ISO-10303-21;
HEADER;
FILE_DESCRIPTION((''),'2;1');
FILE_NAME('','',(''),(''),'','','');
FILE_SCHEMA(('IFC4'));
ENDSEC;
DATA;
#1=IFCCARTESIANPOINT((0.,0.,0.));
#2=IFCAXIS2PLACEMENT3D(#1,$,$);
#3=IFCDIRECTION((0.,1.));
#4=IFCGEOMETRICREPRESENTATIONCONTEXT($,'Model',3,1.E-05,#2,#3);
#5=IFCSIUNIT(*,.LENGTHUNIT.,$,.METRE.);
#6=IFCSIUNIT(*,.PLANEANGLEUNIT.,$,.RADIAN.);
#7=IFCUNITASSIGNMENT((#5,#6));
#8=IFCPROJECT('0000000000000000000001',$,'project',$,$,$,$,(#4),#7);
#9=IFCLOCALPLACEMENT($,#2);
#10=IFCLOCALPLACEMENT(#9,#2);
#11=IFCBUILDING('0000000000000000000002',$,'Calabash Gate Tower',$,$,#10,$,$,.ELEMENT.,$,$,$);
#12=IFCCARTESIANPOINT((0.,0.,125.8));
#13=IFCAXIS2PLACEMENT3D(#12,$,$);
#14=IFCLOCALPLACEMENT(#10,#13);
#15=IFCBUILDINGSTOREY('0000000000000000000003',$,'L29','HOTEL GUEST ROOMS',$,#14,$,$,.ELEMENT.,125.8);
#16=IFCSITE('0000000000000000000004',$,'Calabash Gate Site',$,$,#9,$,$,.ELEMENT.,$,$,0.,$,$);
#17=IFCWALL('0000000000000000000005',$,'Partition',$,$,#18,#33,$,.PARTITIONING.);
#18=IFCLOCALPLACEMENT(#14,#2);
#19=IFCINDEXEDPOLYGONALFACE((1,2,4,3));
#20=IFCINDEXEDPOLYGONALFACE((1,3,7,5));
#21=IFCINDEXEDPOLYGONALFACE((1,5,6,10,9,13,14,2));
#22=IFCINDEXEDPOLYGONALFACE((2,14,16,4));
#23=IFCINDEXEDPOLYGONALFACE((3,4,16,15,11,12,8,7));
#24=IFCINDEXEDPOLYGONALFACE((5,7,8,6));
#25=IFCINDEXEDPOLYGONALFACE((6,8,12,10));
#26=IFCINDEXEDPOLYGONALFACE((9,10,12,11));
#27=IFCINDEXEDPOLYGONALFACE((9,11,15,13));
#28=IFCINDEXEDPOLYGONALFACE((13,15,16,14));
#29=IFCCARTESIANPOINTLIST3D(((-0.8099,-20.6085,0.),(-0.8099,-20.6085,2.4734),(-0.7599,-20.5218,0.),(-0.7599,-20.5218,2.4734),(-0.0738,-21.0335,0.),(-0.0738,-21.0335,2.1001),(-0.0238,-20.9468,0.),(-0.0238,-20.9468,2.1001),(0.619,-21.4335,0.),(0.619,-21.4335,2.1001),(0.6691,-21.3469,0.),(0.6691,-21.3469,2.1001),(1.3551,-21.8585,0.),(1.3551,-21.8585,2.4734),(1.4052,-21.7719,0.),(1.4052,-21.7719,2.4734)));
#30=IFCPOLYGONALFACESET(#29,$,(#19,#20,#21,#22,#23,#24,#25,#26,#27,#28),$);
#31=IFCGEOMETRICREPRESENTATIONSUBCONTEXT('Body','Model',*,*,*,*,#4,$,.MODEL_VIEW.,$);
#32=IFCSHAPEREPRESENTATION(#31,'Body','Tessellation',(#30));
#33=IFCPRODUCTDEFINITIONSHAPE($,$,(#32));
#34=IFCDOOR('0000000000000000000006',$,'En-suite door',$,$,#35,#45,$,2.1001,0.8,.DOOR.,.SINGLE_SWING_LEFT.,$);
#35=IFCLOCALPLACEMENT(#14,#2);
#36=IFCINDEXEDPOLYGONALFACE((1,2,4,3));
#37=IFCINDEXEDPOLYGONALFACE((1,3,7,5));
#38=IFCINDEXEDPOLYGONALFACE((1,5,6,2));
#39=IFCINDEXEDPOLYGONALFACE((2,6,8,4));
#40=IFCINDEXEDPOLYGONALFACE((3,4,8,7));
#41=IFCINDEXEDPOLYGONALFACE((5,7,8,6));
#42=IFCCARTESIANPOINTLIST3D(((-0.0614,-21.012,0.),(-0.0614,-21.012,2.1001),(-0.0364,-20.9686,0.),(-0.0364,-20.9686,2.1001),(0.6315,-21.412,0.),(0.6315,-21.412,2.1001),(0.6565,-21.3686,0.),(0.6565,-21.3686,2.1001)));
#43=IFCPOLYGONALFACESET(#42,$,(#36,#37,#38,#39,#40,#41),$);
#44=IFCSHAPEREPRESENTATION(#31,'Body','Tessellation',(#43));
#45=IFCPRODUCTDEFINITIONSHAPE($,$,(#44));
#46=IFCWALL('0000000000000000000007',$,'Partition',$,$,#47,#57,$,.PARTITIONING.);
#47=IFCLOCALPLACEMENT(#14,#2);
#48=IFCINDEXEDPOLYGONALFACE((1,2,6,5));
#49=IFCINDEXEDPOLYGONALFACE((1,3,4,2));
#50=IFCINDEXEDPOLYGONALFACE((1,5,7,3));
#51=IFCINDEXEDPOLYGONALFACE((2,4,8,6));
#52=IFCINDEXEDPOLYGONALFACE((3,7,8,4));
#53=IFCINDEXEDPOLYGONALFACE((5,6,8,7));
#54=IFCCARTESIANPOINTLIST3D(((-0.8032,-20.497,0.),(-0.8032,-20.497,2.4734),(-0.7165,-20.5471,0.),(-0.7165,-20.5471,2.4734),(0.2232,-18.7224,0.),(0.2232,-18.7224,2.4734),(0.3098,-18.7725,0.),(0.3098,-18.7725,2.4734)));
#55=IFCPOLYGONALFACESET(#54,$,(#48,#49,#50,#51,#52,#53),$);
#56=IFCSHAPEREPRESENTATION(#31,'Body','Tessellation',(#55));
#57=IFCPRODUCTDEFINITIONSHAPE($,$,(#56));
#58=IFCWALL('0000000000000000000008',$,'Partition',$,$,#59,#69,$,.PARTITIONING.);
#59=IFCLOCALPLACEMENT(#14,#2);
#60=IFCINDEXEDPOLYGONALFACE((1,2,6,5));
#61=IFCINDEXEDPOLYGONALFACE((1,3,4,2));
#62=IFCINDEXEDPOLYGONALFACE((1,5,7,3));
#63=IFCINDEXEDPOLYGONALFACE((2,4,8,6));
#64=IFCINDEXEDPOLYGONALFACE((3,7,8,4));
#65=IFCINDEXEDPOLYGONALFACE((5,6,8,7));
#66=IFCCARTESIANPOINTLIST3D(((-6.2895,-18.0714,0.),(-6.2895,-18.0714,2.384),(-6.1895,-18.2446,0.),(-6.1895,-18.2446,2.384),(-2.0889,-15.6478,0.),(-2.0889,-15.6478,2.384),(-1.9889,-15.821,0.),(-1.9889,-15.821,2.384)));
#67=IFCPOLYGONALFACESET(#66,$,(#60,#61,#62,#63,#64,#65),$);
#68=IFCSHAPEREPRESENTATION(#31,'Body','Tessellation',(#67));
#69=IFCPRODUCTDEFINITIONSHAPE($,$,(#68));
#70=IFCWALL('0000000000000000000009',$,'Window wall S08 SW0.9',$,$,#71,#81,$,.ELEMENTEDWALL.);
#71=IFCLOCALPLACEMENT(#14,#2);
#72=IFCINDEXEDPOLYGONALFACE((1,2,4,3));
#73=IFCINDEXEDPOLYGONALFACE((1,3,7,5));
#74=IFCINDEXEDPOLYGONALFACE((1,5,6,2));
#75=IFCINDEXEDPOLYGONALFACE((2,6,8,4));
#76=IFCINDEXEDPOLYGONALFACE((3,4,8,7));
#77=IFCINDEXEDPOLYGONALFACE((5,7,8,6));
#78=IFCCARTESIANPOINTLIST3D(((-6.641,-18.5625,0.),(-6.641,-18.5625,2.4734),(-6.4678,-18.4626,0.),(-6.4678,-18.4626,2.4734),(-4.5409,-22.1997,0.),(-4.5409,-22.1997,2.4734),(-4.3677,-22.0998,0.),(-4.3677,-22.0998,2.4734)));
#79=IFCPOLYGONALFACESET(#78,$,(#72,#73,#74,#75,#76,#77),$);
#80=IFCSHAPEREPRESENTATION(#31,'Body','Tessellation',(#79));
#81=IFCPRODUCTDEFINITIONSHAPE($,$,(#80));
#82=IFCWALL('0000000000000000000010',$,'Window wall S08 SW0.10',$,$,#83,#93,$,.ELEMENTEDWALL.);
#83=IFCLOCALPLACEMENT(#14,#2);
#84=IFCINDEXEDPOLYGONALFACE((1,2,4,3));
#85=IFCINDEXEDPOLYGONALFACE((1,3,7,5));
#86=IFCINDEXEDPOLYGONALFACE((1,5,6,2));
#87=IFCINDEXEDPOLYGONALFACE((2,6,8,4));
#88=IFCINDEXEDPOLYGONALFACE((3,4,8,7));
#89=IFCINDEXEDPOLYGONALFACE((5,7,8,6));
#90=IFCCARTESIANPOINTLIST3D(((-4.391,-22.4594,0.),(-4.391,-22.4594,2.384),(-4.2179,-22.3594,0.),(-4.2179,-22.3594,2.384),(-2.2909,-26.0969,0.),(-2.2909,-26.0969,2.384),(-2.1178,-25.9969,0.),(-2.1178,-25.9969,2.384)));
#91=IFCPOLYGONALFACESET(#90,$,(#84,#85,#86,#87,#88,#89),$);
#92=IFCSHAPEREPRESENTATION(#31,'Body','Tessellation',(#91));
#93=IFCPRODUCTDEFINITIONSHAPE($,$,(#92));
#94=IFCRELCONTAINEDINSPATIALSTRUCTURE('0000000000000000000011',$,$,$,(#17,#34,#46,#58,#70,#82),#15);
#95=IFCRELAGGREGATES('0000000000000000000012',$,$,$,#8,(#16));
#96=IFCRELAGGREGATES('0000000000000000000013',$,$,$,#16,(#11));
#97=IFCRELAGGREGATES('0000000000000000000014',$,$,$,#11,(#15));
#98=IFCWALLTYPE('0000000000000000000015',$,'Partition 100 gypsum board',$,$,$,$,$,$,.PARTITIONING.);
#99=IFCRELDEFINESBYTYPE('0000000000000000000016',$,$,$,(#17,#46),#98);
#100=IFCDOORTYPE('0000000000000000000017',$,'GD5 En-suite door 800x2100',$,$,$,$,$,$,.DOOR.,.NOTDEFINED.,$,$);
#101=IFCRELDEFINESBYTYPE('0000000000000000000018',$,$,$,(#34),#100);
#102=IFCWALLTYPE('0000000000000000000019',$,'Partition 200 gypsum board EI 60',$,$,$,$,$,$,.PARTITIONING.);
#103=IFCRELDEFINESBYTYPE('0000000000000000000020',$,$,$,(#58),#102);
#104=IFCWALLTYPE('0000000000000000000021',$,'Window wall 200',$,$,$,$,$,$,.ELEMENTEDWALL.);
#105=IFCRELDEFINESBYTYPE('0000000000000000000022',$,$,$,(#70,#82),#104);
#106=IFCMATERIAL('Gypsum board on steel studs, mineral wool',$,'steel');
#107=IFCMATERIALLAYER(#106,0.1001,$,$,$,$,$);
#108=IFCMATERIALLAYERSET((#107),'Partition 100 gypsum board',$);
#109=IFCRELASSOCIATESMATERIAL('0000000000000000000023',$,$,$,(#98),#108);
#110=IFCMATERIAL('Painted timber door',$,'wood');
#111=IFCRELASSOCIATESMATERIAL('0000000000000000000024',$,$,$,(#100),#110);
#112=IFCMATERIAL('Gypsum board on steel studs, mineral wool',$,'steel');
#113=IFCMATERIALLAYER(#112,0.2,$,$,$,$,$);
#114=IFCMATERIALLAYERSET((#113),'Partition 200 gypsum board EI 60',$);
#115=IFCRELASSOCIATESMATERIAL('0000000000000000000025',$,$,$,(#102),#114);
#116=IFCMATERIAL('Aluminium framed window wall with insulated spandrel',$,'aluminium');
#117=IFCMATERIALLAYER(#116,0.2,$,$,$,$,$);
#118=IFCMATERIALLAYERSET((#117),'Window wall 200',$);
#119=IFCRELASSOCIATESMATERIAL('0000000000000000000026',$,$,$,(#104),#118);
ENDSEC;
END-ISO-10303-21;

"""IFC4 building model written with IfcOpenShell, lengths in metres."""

from ifc_helpers import new_model, si_unit, direction, frame, frame_2d, origin, place, context, subcontext, project, spatial, rectangle, extrude, material, layer, layer_set, type_object, element, fill, save


model = new_model("IFC4")

# Units and contexts
model_context = context("Model", 3, precision=1e-05, world=origin(), true_north=direction((0.0, 1.0)))
body_context = subcontext(model_context, "Body", "Model", "MODEL_VIEW")
ifc_project = project(units=[si_unit("LENGTHUNIT", "METRE"), si_unit("PLANEANGLEUNIT", "RADIAN")], contexts=[model_context])

# Site, building, storey
site_placement = place(None, origin())
site = spatial("IfcSite", under=ifc_project, at=site_placement, Name="Calabash Gate Site", CompositionType="ELEMENT", RefElevation=0.0)
building_placement = place(site_placement, origin())
building = spatial("IfcBuilding", under=site, at=building_placement, Name="Calabash Gate Tower", CompositionType="ELEMENT")
storey_placement = place(building_placement, frame((0.0, 0.0, 125.8)))
storey = spatial("IfcBuildingStorey", under=building, at=storey_placement, Name="L29", Description="HOTEL GUEST ROOMS", CompositionType="ELEMENT", Elevation=125.8)

# Wall, opening, door
ifc_material_1 = material(Name="Gypsum board on steel studs, mineral wool", Category="steel")
ifc_layer_1 = layer(ifc_material_1, 0.1001)
ifc_layer_set_1 = layer_set([ifc_layer_1], Name="Partition 100 gypsum board")
wall_type_1 = type_object("IfcWallType", Name="Partition 100 gypsum board", PredefinedType="PARTITIONING", material=ifc_layer_set_1)
wall_1_placement = place(storey_placement, frame((-0.7849, -20.5652, 0.0), z_axis=(0.0, 0.0, 1.0), x_axis=(0.866023, -0.500004, 0.0)))
wall_1 = element("IfcWall", 1, at=wall_1_placement, inside=storey, type_object=wall_type_1, Name="Partition", PredefinedType="PARTITIONING", context=body_context, shape_type="SweptSolid", body=[
    extrude(rectangle(XDim=2.5, YDim=0.1001, at=frame_2d((1.25, 0.0))), origin(), (0.0, 0.0, 1.0), 2.4734),
])
opening_placement = place(wall_1_placement, frame((0.8501, 0.0, 0.0)))
opening = element("IfcOpeningElement", 2, at=opening_placement, cuts=wall_1, PredefinedType="OPENING", context=body_context, shape_type="SweptSolid", body=[
    extrude(rectangle(XDim=0.8, YDim=2.1001, at=frame_2d((0.3999, 1.05))), frame((0.0, 0.0601, 0.0), z_axis=(0.0, -1.0, 0.0), x_axis=(1.0, 0.0, 0.0)), (0.0, 0.0, 1.0), 0.1201),
])
ifc_material_2 = material(Name="Painted timber door", Category="wood")
door_type = type_object("IfcDoorType", Name="GD5 En-suite door 800x2100", OperationType="NOTDEFINED", PredefinedType="DOOR", material=ifc_material_2)
door_placement = place(opening_placement, origin())
door = element("IfcDoor", 3, at=door_placement, inside=storey, type_object=door_type, Name="En-suite door", OperationType="SINGLE_SWING_LEFT", OverallHeight=2.1001, OverallWidth=0.8, PredefinedType="DOOR", context=body_context, shape_type="SweptSolid", body=[
    extrude(rectangle(XDim=0.8, YDim=2.1001, at=frame_2d((0.3999, 1.05))), frame((0.0, 0.0249, 0.0), z_axis=(0.0, -1.0, 0.0), x_axis=(1.0, 0.0, 0.0)), (0.0, 0.0, 1.0), 0.05),
])
fill(opening, door)

# Walls
wall_2_placement = place(storey_placement, frame((-0.7598, -20.522, 0.0), z_axis=(0.0, 0.0, 1.0), x_axis=(0.500647, 0.865652, 0.0)))
element("IfcWall", 4, at=wall_2_placement, inside=storey, type_object=wall_type_1, Name="Partition", PredefinedType="PARTITIONING", context=body_context, shape_type="SweptSolid", body=[
    extrude(rectangle(XDim=2.05, YDim=0.1001, at=frame_2d((1.0249, 0.0))), origin(), (0.0, 0.0, 1.0), 2.4734),
])
ifc_material_3 = material(Name="Gypsum board on steel studs, mineral wool", Category="steel")
ifc_layer_2 = layer(ifc_material_3, 0.2)
ifc_layer_set_2 = layer_set([ifc_layer_2], Name="Partition 200 gypsum board EI 60")
wall_type_2 = type_object("IfcWallType", Name="Partition 200 gypsum board EI 60", PredefinedType="PARTITIONING", material=ifc_layer_set_2)
wall_3_placement = place(storey_placement, frame((-6.2395, -18.158, 0.0), z_axis=(0.0, 0.0, 1.0), x_axis=(0.866176, 0.49974, 0.0)))
element("IfcWall", 5, at=wall_3_placement, inside=storey, type_object=wall_type_2, Name="Partition", PredefinedType="PARTITIONING", context=body_context, shape_type="SweptSolid", body=[
    extrude(rectangle(XDim=4.8496, YDim=0.2, at=frame_2d((2.4248, 0.0))), origin(), (0.0, 0.0, 1.0), 2.384),
])
ifc_material_4 = material(Name="Aluminium framed window wall with insulated spandrel", Category="aluminium")
ifc_layer_3 = layer(ifc_material_4, 0.2)
ifc_layer_set_3 = layer_set([ifc_layer_3], Name="Window wall 200")
wall_type_3 = type_object("IfcWallType", Name="Window wall 200", PredefinedType="ELEMENTEDWALL", material=ifc_layer_set_3)
wall_4_placement = place(storey_placement, frame((-6.5544, -18.5125, 0.0), z_axis=(0.0, 0.0, 1.0), x_axis=(0.500028, -0.866009, 0.0)))
element("IfcWall", 6, at=wall_4_placement, inside=storey, type_object=wall_type_3, Name="Window wall S08 SW0.9", PredefinedType="ELEMENTEDWALL", context=body_context, shape_type="SweptSolid", body=[
    extrude(rectangle(XDim=4.2, YDim=0.2, at=frame_2d((2.1001, 0.0))), origin(), (0.0, 0.0, 1.0), 2.4734),
])
wall_5_placement = place(storey_placement, frame((-4.3044, -22.4094, 0.0), z_axis=(0.0, 0.0, 1.0), x_axis=(0.500003, -0.866024, 0.0)))
element("IfcWall", 7, at=wall_5_placement, inside=storey, type_object=wall_type_3, Name="Window wall S08 SW0.10", PredefinedType="ELEMENTEDWALL", context=body_context, shape_type="SweptSolid", body=[
    extrude(rectangle(XDim=4.2002, YDim=0.2, at=frame_2d((2.1001, 0.0))), origin(), (0.0, 0.0, 1.0), 2.384),
])

save(model, "model.ifc")
